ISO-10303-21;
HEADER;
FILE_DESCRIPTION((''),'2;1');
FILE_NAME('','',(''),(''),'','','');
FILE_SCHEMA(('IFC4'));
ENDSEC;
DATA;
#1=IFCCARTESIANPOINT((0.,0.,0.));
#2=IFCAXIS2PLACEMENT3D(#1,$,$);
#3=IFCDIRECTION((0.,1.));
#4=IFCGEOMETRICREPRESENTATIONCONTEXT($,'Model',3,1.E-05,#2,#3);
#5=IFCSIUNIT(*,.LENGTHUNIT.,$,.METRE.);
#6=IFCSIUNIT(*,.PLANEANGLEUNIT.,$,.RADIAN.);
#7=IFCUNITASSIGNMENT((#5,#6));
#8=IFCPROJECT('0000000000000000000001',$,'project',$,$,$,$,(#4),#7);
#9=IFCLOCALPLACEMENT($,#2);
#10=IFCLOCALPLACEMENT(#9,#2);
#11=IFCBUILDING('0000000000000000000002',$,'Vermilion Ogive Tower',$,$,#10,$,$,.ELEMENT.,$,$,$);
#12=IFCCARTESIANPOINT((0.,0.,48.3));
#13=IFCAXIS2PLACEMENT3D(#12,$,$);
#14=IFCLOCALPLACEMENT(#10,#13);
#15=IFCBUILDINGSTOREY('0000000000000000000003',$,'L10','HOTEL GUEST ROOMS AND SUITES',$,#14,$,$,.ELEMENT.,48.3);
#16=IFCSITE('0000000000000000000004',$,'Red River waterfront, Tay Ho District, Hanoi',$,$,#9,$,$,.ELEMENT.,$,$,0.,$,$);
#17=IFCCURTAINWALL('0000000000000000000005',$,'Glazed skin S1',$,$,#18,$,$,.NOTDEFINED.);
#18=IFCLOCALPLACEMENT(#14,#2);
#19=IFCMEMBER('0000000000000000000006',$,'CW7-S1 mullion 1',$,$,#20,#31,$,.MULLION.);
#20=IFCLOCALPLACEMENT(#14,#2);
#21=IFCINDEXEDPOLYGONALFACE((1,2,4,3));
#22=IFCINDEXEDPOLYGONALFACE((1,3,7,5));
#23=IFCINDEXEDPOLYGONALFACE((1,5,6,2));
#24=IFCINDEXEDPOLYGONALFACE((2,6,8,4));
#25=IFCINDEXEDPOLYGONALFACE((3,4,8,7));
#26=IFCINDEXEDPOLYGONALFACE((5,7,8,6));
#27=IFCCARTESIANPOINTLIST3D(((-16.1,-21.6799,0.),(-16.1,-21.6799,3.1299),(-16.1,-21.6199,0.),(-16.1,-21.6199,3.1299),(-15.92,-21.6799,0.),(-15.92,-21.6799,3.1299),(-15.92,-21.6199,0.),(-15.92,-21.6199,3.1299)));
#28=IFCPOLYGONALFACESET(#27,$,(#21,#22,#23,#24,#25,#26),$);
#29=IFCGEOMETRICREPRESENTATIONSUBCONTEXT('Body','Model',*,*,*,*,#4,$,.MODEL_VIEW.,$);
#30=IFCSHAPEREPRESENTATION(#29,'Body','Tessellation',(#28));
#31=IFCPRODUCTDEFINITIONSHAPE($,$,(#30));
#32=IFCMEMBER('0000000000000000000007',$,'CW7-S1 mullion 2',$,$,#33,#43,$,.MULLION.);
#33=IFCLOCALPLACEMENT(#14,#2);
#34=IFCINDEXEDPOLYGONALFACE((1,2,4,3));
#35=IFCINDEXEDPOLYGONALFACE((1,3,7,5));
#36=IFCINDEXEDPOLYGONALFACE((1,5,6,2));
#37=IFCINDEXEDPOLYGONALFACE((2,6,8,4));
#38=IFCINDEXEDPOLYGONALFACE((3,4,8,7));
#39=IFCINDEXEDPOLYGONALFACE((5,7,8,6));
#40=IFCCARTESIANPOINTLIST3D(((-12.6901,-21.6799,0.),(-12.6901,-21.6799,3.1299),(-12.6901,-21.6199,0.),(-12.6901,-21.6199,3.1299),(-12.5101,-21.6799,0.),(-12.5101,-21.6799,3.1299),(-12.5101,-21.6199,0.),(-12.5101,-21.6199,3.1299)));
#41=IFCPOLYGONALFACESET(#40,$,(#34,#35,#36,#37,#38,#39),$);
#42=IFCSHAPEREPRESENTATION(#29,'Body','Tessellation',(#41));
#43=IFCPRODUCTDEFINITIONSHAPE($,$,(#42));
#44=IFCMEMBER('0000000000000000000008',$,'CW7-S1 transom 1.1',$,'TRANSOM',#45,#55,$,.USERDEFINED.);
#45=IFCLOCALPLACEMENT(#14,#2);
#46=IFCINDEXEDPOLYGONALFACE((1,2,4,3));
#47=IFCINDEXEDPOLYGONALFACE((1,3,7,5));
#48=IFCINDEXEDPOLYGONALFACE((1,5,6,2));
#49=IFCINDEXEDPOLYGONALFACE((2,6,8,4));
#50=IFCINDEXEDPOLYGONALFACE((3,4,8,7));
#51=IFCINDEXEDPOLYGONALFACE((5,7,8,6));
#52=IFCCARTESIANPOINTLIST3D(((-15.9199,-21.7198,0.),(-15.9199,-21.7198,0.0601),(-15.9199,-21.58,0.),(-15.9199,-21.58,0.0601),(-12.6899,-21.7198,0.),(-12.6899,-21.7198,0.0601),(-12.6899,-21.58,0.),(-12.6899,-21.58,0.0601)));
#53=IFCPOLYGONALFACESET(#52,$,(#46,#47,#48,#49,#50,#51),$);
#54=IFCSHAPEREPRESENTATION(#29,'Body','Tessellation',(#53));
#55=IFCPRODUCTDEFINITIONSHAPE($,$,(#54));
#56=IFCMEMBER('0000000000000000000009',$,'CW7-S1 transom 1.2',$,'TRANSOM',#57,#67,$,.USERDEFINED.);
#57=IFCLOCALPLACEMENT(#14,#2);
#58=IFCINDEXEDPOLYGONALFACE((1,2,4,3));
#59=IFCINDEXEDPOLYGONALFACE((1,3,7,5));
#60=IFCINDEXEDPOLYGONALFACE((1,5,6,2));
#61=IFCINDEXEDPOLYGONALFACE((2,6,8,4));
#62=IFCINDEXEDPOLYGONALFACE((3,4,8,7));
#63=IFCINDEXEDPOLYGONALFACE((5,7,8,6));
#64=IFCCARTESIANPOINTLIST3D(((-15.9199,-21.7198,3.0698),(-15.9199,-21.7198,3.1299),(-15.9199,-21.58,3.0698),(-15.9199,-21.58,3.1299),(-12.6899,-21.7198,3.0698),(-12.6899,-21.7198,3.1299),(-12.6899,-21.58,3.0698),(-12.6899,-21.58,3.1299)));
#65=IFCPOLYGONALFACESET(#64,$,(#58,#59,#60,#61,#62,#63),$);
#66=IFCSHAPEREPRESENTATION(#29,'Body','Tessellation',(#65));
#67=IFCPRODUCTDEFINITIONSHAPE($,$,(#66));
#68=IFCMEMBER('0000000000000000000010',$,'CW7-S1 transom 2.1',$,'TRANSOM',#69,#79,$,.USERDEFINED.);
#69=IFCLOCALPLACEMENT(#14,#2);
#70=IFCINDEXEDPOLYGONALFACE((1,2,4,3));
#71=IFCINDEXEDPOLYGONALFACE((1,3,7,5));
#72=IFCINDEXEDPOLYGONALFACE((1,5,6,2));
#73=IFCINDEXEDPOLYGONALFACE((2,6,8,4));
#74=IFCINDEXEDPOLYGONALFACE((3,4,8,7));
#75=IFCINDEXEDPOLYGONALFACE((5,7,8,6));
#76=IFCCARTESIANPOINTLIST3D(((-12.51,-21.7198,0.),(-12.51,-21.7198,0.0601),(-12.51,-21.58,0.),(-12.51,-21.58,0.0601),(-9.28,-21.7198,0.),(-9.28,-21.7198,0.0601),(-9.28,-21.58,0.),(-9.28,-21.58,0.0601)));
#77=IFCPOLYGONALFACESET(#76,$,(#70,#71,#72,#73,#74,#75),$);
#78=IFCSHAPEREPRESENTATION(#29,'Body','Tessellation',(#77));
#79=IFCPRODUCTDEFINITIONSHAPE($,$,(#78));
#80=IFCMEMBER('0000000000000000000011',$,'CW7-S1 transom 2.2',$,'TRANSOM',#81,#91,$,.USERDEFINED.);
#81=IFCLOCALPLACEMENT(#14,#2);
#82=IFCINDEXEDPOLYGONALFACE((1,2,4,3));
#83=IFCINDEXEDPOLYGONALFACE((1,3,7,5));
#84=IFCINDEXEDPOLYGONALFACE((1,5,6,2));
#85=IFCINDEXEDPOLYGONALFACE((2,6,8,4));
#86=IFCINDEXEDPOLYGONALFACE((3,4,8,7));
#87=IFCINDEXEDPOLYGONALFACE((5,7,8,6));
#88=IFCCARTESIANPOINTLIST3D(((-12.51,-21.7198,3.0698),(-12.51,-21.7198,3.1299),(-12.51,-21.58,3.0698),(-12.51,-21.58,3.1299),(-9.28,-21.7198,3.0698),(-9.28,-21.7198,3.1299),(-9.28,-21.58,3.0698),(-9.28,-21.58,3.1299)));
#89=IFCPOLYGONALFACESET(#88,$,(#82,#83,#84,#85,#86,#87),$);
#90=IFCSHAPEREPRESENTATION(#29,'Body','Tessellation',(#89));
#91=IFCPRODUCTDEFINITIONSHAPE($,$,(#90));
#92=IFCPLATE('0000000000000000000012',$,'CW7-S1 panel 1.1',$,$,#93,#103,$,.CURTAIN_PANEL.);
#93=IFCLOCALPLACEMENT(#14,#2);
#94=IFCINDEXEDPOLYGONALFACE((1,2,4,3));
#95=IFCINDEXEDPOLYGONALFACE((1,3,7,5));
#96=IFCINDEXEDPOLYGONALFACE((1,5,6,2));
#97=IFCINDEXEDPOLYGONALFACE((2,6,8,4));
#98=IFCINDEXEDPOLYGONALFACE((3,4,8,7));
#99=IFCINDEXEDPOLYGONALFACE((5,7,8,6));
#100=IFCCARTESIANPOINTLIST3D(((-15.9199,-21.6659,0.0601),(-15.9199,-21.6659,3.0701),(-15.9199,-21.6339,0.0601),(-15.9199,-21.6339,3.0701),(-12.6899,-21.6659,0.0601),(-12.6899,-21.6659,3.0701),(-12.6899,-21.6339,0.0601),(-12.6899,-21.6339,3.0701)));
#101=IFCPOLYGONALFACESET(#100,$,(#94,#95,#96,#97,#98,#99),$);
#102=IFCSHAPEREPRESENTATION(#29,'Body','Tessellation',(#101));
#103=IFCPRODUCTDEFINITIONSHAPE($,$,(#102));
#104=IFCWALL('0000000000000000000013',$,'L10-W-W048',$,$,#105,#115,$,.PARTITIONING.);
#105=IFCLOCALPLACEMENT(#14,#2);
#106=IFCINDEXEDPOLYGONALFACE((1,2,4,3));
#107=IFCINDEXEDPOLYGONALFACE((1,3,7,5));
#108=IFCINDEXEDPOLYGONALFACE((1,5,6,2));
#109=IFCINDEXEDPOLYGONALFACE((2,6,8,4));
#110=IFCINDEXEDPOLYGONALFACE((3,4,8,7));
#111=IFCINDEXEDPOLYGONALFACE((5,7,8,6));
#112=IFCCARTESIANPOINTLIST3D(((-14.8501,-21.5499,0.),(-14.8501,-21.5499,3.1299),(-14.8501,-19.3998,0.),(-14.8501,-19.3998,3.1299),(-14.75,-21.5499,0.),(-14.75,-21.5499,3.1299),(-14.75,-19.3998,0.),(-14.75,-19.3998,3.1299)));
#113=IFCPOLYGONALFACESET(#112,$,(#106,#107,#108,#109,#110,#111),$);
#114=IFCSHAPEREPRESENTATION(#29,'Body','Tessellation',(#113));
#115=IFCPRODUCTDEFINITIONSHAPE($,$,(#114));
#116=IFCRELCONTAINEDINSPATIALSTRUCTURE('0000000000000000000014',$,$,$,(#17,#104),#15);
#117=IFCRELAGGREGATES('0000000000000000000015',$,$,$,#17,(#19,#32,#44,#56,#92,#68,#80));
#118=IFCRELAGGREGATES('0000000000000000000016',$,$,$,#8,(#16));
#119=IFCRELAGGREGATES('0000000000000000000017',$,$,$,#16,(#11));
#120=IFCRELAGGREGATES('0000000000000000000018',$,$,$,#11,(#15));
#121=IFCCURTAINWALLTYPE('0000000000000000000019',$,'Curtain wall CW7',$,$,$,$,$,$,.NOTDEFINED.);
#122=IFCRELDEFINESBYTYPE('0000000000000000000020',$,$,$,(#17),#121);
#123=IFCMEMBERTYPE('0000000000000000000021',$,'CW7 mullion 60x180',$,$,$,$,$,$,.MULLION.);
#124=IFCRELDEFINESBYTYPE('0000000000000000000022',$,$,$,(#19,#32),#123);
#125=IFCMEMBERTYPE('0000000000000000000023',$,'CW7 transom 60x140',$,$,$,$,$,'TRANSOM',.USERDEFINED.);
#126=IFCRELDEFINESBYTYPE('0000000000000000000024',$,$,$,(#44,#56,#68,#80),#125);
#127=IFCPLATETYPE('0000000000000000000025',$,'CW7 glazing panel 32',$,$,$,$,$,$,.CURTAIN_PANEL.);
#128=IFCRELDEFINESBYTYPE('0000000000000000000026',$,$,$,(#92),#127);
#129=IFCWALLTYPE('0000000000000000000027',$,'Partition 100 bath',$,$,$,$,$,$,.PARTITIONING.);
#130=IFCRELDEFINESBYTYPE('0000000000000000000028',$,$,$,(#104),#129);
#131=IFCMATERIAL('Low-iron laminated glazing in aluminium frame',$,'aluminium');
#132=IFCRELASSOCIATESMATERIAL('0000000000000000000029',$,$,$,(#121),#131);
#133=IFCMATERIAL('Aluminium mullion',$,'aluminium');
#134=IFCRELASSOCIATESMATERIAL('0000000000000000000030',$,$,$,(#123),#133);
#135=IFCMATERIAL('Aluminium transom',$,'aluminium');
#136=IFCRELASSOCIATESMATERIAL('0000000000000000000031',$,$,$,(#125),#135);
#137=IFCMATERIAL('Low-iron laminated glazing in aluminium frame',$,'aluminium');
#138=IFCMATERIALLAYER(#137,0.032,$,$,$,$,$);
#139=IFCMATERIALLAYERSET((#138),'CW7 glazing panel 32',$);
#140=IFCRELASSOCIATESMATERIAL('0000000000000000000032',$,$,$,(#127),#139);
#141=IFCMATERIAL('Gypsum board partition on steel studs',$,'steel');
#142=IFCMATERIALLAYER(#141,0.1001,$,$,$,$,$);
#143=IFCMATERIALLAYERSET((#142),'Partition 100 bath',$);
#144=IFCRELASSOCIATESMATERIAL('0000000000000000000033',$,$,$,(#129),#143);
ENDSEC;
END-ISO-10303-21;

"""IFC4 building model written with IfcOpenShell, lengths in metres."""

from ifc_helpers import new_model, si_unit, direction, frame, frame_2d, origin, origin_2d, place, context, subcontext, project, spatial, rectangle, extrude, material, layer, layer_set, material_profile, profile_set, type_object, element, aggregate, save


model = new_model("IFC4")

# Units and contexts
model_context = context("Model", 3, precision=1e-05, world=origin(), true_north=direction((0.0, 1.0)))
body_context = subcontext(model_context, "Body", "Model", "MODEL_VIEW")
ifc_project = project(units=[si_unit("LENGTHUNIT", "METRE"), si_unit("PLANEANGLEUNIT", "RADIAN")], contexts=[model_context])

# Site, building, storey
site_placement = place(None, origin())
site = spatial("IfcSite", under=ifc_project, at=site_placement, Name="Red River waterfront, Tay Ho District, Hanoi", CompositionType="ELEMENT", RefElevation=0.0)
building_placement = place(site_placement, origin())
building = spatial("IfcBuilding", under=site, at=building_placement, Name="Vermilion Ogive Tower", CompositionType="ELEMENT")
storey_placement = place(building_placement, frame((0.0, 0.0, 48.3)))
storey = spatial("IfcBuildingStorey", under=building, at=storey_placement, Name="L10", Description="HOTEL GUEST ROOMS AND SUITES", CompositionType="ELEMENT", Elevation=48.3)

# Curtain wall, members, plate
ifc_material_1 = material(Name="Low-iron laminated glazing in aluminium frame", Category="aluminium")
curtain_wall_type = type_object("IfcCurtainWallType", Name="Curtain wall CW7", PredefinedType="NOTDEFINED", material=ifc_material_1)
curtain_wall_placement = place(storey_placement, origin())
curtain_wall = element("IfcCurtainWall", 1, at=curtain_wall_placement, inside=storey, type_object=curtain_wall_type, Name="Glazed skin S1", PredefinedType="NOTDEFINED")
ifc_material_2 = material(Name="Aluminium mullion", Category="aluminium")
ifc_material_profile_1 = material_profile(ifc_material_2, rectangle(XDim=0.0601, YDim=0.1799, at=origin_2d()), Name="AL 60x180")
ifc_profile_set_1 = profile_set([ifc_material_profile_1], Name="Aluminium mullion")
member_type_1 = type_object("IfcMemberType", Name="CW7 mullion 60x180", PredefinedType="MULLION", material=ifc_profile_set_1)
member_1_placement = place(storey_placement, frame((-16.01, -21.6499, 0.0), z_axis=(0.0, 0.0, 1.0), x_axis=(0.0, 1.0, 0.0)))
member_1 = element("IfcMember", 2, at=member_1_placement, type_object=member_type_1, Name="CW7-S1 mullion 1", PredefinedType="MULLION", context=body_context, shape_type="SweptSolid", body=[
    extrude(rectangle(XDim=0.0601, YDim=0.1799, at=origin_2d()), origin(), (0.0, 0.0, 1.0), 3.1299),
])
member_2_placement = place(storey_placement, frame((-12.6001, -21.6499, 0.0), z_axis=(0.0, 0.0, 1.0), x_axis=(0.0, 1.0, 0.0)))
member_2 = element("IfcMember", 3, at=member_2_placement, type_object=member_type_1, Name="CW7-S1 mullion 2", PredefinedType="MULLION", context=body_context, shape_type="SweptSolid", body=[
    extrude(rectangle(XDim=0.0601, YDim=0.1799, at=origin_2d()), origin(), (0.0, 0.0, 1.0), 3.1299),
])
ifc_material_3 = material(Name="Aluminium transom", Category="aluminium")
ifc_material_profile_2 = material_profile(ifc_material_3, rectangle(XDim=0.1399, YDim=0.0601, at=origin_2d()), Name="AL 60x140")
ifc_profile_set_2 = profile_set([ifc_material_profile_2], Name="Aluminium transom")
member_type_2 = type_object("IfcMemberType", Name="CW7 transom 60x140", ElementType="TRANSOM", PredefinedType="USERDEFINED", material=ifc_profile_set_2)
member_3_placement = place(storey_placement, frame((-15.9199, -21.6499, 0.03), z_axis=(1.0, 0.0, 0.0), x_axis=(0.0, 1.0, 0.0)))
member_3 = element("IfcMember", 4, at=member_3_placement, type_object=member_type_2, Name="CW7-S1 transom 1.1", ObjectType="TRANSOM", PredefinedType="USERDEFINED", context=body_context, shape_type="SweptSolid", body=[
    extrude(rectangle(XDim=0.1399, YDim=0.0601, at=origin_2d()), origin(), (0.0, 0.0, 1.0), 3.23),
])
member_4_placement = place(storey_placement, frame((-15.9199, -21.6499, 3.0999), z_axis=(1.0, 0.0, 0.0), x_axis=(0.0, 1.0, 0.0)))
member_4 = element("IfcMember", 5, at=member_4_placement, type_object=member_type_2, Name="CW7-S1 transom 1.2", ObjectType="TRANSOM", PredefinedType="USERDEFINED", context=body_context, shape_type="SweptSolid", body=[
    extrude(rectangle(XDim=0.1399, YDim=0.0601, at=origin_2d()), origin(), (0.0, 0.0, 1.0), 3.23),
])
member_5_placement = place(storey_placement, frame((-12.51, -21.6499, 0.03), z_axis=(1.0, 0.0, 0.0), x_axis=(0.0, 1.0, 0.0)))
member_5 = element("IfcMember", 6, at=member_5_placement, type_object=member_type_2, Name="CW7-S1 transom 2.1", ObjectType="TRANSOM", PredefinedType="USERDEFINED", context=body_context, shape_type="SweptSolid", body=[
    extrude(rectangle(XDim=0.1399, YDim=0.0601, at=origin_2d()), origin(), (0.0, 0.0, 1.0), 3.23),
])
member_6_placement = place(storey_placement, frame((-12.51, -21.6499, 3.0999), z_axis=(1.0, 0.0, 0.0), x_axis=(0.0, 1.0, 0.0)))
member_6 = element("IfcMember", 7, at=member_6_placement, type_object=member_type_2, Name="CW7-S1 transom 2.2", ObjectType="TRANSOM", PredefinedType="USERDEFINED", context=body_context, shape_type="SweptSolid", body=[
    extrude(rectangle(XDim=0.1399, YDim=0.0601, at=origin_2d()), origin(), (0.0, 0.0, 1.0), 3.23),
])
ifc_material_4 = material(Name="Low-iron laminated glazing in aluminium frame", Category="aluminium")
ifc_layer_1 = layer(ifc_material_4, 0.032)
ifc_layer_set_1 = layer_set([ifc_layer_1], Name="CW7 glazing panel 32")
plate_type = type_object("IfcPlateType", Name="CW7 glazing panel 32", PredefinedType="CURTAIN_PANEL", material=ifc_layer_set_1)
plate_placement = place(storey_placement, frame((-14.3049, -21.6499, 0.0601), z_axis=(0.0, 0.0, 1.0), x_axis=(1.0, 0.0, 0.0)))
plate = element("IfcPlate", 8, at=plate_placement, type_object=plate_type, Name="CW7-S1 panel 1.1", PredefinedType="CURTAIN_PANEL", context=body_context, shape_type="SweptSolid", body=[
    extrude(rectangle(XDim=3.23, YDim=0.032, at=origin_2d()), origin(), (0.0, 0.0, 1.0), 3.01),
])
aggregate(curtain_wall, [member_1, member_2, member_3, member_4, plate, member_5, member_6])

# Wall
ifc_material_5 = material(Name="Gypsum board partition on steel studs", Category="steel")
ifc_layer_2 = layer(ifc_material_5, 0.1001)
ifc_layer_set_2 = layer_set([ifc_layer_2], Name="Partition 100 bath")
wall_type_1 = type_object("IfcWallType", Name="Partition 100 bath", PredefinedType="PARTITIONING", material=ifc_layer_set_2)
wall_1_placement = place(storey_placement, frame((-14.8, -21.55, 0.0), z_axis=(0.0, 0.0, 1.0), x_axis=(0.0, 1.0, 0.0)))
element("IfcWall", 9, at=wall_1_placement, inside=storey, type_object=wall_type_1, Name="L10-W-W048", PredefinedType="PARTITIONING", context=body_context, shape_type="SweptSolid", body=[
    extrude(rectangle(XDim=2.1501, YDim=0.1001, at=frame_2d((1.0752, 0.0))), origin(), (0.0, 0.0, 1.0), 3.1299),
])

save(model, "model.ifc")
